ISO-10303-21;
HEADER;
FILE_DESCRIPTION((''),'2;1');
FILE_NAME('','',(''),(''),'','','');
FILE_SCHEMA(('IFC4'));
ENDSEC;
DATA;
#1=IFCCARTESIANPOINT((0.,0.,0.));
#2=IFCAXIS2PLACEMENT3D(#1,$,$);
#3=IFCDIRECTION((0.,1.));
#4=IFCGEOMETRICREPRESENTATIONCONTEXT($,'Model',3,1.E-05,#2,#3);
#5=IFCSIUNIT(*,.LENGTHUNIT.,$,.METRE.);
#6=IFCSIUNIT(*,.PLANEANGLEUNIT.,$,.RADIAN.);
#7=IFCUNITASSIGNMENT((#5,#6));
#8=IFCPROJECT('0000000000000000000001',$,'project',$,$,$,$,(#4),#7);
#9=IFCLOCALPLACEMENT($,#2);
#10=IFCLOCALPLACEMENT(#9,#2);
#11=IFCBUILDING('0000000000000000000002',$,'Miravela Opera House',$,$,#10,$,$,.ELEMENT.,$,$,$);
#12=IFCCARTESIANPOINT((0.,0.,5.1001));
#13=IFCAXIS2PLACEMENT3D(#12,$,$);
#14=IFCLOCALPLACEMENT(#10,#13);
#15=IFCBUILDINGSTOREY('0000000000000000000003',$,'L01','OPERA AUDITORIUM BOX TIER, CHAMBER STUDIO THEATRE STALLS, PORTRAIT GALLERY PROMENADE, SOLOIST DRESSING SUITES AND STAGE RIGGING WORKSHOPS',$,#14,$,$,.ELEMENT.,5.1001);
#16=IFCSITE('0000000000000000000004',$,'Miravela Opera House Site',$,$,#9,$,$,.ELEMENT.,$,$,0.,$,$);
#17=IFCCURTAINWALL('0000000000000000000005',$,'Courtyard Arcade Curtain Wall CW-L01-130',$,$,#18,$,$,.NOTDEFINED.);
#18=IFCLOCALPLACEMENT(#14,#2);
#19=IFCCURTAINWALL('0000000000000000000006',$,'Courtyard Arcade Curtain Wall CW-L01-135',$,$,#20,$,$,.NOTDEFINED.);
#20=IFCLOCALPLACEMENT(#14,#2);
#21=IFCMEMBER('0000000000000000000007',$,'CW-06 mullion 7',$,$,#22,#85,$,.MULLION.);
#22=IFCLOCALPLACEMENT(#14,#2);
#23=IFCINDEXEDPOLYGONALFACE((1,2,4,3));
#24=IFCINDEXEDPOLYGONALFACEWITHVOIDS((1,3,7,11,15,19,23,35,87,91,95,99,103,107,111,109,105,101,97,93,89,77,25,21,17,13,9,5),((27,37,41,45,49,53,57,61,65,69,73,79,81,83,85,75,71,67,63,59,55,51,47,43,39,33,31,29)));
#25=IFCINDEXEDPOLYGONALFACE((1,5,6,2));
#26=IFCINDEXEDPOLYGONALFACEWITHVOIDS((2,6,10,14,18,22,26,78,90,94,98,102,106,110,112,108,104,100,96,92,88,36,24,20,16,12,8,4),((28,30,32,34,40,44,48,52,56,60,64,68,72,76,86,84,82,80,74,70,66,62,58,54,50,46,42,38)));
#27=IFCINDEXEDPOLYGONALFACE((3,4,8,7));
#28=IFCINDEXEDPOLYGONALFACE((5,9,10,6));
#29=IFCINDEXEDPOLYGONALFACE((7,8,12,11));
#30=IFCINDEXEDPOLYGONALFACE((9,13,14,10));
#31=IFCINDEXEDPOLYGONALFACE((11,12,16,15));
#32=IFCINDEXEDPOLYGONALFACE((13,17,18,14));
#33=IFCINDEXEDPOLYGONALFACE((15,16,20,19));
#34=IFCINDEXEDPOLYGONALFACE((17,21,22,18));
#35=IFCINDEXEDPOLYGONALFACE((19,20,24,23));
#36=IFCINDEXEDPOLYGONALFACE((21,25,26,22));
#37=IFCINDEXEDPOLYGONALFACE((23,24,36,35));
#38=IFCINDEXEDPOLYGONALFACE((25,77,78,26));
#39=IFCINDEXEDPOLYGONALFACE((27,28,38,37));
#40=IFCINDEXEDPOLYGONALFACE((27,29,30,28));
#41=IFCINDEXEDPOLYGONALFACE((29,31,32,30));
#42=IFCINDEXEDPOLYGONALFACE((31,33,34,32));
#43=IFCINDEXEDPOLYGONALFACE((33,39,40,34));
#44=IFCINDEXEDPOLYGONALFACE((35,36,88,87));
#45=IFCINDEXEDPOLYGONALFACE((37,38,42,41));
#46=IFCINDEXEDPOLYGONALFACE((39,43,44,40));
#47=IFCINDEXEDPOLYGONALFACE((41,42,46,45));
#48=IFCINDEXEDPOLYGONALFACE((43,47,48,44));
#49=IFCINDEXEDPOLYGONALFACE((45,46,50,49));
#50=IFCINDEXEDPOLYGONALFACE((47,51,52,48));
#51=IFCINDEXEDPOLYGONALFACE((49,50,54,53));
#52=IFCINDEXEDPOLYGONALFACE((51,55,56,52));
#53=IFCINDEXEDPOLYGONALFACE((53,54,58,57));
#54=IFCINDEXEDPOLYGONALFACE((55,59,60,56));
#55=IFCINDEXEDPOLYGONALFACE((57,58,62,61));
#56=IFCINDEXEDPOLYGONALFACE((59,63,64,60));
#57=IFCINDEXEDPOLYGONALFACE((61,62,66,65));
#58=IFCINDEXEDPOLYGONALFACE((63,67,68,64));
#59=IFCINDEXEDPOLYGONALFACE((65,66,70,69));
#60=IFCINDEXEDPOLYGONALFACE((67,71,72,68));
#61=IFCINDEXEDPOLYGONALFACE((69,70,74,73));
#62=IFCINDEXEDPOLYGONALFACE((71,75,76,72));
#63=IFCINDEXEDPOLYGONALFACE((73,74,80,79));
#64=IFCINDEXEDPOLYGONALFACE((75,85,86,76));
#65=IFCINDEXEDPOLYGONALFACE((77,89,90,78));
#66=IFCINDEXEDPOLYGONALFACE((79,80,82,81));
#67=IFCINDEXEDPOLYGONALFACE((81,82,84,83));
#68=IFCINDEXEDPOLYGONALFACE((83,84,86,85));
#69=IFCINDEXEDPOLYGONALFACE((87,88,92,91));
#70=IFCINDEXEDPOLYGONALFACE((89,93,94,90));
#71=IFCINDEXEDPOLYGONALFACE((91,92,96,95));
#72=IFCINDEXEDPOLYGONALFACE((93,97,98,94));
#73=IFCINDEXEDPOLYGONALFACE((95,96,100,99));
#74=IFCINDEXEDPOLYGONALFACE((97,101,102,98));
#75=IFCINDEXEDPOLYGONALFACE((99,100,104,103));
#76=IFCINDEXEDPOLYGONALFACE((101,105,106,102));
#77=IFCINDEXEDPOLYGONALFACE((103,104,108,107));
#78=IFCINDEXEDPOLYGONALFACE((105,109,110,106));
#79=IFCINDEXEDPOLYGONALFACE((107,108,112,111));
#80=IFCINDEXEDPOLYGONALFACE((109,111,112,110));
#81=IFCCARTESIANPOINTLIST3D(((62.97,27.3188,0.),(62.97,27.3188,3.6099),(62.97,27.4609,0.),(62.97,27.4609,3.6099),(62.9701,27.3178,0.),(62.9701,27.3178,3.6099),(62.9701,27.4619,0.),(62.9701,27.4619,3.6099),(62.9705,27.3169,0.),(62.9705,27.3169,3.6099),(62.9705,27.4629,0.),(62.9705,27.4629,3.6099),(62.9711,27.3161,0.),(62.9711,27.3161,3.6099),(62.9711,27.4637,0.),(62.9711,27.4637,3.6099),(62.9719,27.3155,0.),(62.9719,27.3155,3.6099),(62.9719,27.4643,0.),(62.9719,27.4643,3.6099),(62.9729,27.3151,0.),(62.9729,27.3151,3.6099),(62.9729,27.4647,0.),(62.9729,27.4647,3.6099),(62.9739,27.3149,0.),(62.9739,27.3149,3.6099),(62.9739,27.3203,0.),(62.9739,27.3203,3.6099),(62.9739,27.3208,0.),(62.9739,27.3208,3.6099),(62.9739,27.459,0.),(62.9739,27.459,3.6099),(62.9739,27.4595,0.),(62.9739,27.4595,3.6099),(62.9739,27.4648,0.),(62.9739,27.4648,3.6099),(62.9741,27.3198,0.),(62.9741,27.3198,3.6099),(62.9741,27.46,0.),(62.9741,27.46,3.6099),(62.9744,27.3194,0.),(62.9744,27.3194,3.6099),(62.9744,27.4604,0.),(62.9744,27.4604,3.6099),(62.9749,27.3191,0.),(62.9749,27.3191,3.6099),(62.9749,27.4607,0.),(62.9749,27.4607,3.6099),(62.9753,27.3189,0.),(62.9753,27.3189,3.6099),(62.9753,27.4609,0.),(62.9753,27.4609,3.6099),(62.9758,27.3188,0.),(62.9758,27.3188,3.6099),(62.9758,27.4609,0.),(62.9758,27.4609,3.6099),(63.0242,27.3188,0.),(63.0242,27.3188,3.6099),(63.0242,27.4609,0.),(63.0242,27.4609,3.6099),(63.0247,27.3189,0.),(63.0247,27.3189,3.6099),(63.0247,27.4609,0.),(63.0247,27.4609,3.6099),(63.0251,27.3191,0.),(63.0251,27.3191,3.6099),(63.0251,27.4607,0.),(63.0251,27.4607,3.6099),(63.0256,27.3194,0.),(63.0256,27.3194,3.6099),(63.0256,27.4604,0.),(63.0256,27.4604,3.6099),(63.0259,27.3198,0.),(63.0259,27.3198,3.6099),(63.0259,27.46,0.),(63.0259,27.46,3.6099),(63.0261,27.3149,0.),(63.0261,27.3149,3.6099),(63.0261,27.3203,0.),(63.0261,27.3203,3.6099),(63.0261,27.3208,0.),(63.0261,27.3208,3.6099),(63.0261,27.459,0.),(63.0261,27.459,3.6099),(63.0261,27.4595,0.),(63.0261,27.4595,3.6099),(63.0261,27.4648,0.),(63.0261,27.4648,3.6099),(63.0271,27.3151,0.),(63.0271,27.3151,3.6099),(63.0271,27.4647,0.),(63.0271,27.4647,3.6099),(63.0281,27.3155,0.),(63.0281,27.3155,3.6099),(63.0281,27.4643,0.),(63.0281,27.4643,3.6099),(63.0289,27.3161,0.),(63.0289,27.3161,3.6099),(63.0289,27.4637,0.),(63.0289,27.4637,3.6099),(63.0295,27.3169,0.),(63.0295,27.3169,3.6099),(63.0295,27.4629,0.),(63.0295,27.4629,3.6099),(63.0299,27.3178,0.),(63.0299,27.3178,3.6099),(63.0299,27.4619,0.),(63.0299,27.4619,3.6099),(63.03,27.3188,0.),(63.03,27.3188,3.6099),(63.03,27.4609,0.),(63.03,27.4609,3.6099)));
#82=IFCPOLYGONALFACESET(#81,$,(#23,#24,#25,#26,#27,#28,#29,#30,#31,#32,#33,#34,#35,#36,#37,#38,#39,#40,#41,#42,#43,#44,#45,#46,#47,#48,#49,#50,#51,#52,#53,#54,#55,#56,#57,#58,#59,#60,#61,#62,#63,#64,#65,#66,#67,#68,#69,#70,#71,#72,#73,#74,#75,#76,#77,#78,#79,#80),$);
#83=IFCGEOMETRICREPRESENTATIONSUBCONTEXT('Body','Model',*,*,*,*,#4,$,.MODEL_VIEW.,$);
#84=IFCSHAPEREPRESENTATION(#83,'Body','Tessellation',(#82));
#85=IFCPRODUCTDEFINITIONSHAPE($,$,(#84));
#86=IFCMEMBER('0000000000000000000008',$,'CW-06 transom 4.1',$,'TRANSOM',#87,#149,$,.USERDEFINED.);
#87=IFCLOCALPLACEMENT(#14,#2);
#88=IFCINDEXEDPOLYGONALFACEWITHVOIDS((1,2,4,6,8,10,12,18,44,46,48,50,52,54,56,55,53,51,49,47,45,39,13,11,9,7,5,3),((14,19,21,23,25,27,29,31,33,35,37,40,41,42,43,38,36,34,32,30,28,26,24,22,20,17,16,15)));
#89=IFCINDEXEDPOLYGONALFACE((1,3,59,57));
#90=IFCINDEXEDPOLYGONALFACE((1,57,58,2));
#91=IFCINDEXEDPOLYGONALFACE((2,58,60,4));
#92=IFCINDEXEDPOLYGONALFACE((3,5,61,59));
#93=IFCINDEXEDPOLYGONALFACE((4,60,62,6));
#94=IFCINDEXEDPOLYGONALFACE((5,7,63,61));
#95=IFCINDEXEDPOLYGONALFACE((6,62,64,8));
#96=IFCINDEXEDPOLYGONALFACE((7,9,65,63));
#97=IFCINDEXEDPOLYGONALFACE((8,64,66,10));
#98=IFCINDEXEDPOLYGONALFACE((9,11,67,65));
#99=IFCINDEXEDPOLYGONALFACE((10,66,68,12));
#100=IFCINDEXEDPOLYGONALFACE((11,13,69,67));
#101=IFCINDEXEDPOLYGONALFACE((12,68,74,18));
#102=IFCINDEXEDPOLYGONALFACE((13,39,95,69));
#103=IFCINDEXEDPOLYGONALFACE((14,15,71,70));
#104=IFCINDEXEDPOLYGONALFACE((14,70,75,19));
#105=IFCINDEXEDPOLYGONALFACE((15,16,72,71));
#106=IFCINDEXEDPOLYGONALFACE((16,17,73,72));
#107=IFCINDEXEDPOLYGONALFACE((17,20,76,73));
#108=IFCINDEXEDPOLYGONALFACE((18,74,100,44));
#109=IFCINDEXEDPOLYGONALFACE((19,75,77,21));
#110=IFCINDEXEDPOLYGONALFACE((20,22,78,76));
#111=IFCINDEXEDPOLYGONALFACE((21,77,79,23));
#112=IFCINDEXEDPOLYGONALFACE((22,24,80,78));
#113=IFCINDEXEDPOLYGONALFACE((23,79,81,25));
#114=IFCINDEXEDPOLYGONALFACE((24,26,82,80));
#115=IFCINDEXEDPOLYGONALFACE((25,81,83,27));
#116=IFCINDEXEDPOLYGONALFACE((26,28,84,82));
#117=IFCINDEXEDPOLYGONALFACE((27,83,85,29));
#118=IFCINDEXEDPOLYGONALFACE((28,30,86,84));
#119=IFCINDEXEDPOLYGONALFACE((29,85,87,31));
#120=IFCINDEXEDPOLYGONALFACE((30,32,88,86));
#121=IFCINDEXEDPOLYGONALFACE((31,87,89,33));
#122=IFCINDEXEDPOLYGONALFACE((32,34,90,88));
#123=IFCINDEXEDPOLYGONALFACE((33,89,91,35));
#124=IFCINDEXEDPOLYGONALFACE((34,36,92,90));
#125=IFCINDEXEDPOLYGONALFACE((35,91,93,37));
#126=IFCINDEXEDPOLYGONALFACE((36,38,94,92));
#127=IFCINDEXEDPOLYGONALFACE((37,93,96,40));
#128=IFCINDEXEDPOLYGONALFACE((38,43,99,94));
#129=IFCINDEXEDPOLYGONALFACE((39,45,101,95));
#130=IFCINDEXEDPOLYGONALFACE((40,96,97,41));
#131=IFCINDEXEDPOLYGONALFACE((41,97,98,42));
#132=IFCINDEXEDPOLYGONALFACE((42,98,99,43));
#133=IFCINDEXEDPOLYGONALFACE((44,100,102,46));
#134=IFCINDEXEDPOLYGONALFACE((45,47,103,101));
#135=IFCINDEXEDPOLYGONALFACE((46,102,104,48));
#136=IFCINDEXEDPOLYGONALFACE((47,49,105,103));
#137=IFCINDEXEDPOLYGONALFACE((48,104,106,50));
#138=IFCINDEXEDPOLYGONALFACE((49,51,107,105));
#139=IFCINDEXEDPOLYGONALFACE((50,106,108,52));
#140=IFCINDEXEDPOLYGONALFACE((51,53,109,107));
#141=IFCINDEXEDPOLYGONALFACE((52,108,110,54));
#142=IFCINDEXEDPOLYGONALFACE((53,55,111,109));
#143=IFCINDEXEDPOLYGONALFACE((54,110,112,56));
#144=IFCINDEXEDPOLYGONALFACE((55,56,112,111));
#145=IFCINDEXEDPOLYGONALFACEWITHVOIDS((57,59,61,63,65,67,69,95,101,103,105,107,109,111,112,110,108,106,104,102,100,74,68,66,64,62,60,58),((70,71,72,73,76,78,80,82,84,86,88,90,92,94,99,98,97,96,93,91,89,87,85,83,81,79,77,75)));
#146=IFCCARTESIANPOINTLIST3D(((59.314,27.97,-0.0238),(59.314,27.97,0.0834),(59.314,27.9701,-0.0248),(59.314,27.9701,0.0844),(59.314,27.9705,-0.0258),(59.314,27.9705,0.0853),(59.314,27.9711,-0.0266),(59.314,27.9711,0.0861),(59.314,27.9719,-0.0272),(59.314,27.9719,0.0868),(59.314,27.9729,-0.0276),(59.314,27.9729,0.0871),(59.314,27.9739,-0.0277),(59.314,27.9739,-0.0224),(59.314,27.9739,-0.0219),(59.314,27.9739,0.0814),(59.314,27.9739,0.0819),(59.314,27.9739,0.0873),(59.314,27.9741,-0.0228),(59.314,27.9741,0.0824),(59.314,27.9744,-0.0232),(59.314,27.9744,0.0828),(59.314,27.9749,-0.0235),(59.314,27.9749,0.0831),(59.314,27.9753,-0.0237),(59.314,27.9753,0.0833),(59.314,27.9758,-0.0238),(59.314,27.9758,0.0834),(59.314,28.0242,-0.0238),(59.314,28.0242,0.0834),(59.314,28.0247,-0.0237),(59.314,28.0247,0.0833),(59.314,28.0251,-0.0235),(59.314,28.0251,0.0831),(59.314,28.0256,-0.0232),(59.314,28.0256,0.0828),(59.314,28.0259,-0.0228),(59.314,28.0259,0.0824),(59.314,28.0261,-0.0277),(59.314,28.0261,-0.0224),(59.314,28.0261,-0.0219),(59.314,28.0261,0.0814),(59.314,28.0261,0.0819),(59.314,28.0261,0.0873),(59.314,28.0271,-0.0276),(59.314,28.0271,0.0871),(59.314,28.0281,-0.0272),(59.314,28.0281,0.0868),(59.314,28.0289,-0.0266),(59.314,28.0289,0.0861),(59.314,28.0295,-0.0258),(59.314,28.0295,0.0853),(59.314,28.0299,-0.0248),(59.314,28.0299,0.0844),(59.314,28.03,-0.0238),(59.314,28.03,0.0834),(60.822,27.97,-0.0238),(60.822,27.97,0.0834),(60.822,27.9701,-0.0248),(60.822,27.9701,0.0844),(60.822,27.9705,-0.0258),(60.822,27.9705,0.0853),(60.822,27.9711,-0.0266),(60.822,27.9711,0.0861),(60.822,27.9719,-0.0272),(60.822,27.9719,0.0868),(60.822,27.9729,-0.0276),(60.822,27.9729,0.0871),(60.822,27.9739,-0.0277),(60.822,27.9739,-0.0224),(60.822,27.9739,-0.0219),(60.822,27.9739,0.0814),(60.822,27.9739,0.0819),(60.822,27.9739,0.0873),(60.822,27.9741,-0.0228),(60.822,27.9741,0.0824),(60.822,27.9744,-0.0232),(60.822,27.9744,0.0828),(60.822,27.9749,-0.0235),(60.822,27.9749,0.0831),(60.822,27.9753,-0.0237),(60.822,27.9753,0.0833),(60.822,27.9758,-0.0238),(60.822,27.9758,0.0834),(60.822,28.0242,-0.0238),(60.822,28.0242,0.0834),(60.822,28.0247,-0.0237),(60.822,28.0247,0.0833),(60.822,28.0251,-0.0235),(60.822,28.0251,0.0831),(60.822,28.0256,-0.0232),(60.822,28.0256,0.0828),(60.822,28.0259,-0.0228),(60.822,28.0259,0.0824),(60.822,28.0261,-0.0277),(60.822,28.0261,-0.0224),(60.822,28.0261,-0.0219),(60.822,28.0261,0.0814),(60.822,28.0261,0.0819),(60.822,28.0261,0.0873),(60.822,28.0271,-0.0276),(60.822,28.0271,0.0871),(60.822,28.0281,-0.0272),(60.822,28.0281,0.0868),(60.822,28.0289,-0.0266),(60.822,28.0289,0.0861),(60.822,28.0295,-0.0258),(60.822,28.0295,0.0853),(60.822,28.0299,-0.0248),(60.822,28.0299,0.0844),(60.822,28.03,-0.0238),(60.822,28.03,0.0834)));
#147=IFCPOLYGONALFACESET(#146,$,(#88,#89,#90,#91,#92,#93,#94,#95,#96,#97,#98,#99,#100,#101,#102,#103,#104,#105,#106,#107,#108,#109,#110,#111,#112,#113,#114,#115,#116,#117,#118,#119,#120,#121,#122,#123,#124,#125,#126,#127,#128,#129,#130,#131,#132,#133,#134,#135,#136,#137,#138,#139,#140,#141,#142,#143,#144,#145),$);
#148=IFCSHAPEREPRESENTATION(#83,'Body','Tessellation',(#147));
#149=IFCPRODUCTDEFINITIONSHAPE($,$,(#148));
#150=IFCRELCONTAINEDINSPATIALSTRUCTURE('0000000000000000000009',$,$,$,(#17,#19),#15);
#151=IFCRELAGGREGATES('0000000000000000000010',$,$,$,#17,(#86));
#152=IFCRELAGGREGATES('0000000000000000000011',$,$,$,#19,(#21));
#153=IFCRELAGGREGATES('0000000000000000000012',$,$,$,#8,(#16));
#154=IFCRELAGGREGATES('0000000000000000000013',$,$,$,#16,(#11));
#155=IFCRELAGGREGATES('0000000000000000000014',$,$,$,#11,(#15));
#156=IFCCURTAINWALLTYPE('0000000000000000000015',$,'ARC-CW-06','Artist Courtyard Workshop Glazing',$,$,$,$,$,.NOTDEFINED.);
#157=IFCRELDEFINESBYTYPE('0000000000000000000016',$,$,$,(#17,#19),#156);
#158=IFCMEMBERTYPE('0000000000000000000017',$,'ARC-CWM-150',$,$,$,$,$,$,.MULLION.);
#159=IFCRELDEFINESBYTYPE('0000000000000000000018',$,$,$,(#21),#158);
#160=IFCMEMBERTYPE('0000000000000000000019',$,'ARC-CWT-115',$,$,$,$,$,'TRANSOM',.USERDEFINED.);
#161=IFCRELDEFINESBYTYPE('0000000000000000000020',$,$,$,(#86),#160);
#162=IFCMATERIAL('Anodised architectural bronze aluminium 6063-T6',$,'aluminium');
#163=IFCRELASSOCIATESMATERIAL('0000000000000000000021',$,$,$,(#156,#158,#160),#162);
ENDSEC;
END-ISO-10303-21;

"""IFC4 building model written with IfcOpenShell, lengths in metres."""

from ifc_helpers import new_model, si_unit, direction, frame, origin, origin_2d, place, context, subcontext, project, spatial, hollow_rectangle, extrude, material, material_profile, profile_set, type_object, element, aggregate, save


model = new_model("IFC4")

# Units and contexts
model_context = context("Model", 3, precision=1e-05, world=origin(), true_north=direction((0.0, 1.0)))
body_context = subcontext(model_context, "Body", "Model", "MODEL_VIEW")
ifc_project = project(units=[si_unit("LENGTHUNIT", "METRE"), si_unit("PLANEANGLEUNIT", "RADIAN")], contexts=[model_context])

# Site, building, storey
site_placement = place(None, origin())
site = spatial("IfcSite", under=ifc_project, at=site_placement, Name="Miravela Opera House Site", CompositionType="ELEMENT", RefElevation=0.0)
building_placement = place(site_placement, origin())
building = spatial("IfcBuilding", under=site, at=building_placement, Name="Miravela Opera House", CompositionType="ELEMENT")
storey_placement = place(building_placement, frame((0.0, 0.0, 5.1001)))
storey = spatial("IfcBuildingStorey", under=building, at=storey_placement, Name="L01", Description="OPERA AUDITORIUM BOX TIER, CHAMBER STUDIO THEATRE STALLS, PORTRAIT GALLERY PROMENADE, SOLOIST DRESSING SUITES AND STAGE RIGGING WORKSHOPS", CompositionType="ELEMENT", Elevation=5.1001)

# Curtain wall
ifc_material_1 = material(Name="Anodised architectural bronze aluminium 6063-T6", Category="aluminium")
curtain_wall_type = type_object("IfcCurtainWallType", Name="ARC-CW-06", Description="Artist Courtyard Workshop Glazing", PredefinedType="NOTDEFINED", material=ifc_material_1)
curtain_wall_1_placement = place(storey_placement, origin())
curtain_wall_1 = element("IfcCurtainWall", 1, at=curtain_wall_1_placement, inside=storey, type_object=curtain_wall_type, Name="Courtyard Arcade Curtain Wall CW-L01-130", PredefinedType="NOTDEFINED")
ifc_material_profile_1 = material_profile(ifc_material_1, hollow_rectangle(XDim=0.0601, YDim=0.1499, WallThickness=0.0039, InnerFilletRadius=0.002, OuterFilletRadius=0.0039, at=origin_2d()), Name="CWM-60X150")
ifc_profile_set_1 = profile_set([ifc_material_profile_1])
member_type_1 = type_object("IfcMemberType", Name="ARC-CWM-150", PredefinedType="MULLION", material=ifc_profile_set_1)

# Curtain wall, member
curtain_wall_2_placement = place(storey_placement, origin())
curtain_wall_2 = element("IfcCurtainWall", 2, at=curtain_wall_2_placement, inside=storey, type_object=curtain_wall_type, Name="Courtyard Arcade Curtain Wall CW-L01-135", PredefinedType="NOTDEFINED")
member_1_placement = place(storey_placement, frame((63.0, 27.3899, 0.0), z_axis=(0.0, 0.0, 1.0), x_axis=(-1.0, 0.0, 0.0)))
member_1 = element("IfcMember", 3, at=member_1_placement, type_object=member_type_1, Name="CW-06 mullion 7", PredefinedType="MULLION", context=body_context, shape_type="SweptSolid", body=[
    extrude(hollow_rectangle(XDim=0.0601, YDim=0.1499, WallThickness=0.0039, InnerFilletRadius=0.002, OuterFilletRadius=0.0039, at=origin_2d()), origin(), (0.0, 0.0, 1.0), 3.6099),
])

# Member
ifc_material_profile_2 = material_profile(ifc_material_1, hollow_rectangle(XDim=0.0601, YDim=0.115, WallThickness=0.0039, InnerFilletRadius=0.002, OuterFilletRadius=0.0039, at=origin_2d()), Name="CWT-60X115")
ifc_profile_set_2 = profile_set([ifc_material_profile_2])
member_type_2 = type_object("IfcMemberType", Name="ARC-CWT-115", ElementType="TRANSOM", PredefinedType="USERDEFINED", material=ifc_profile_set_2)
member_2_placement = place(storey_placement, frame((59.314, 28.0, 0.0298), z_axis=(1.0, 0.0, 0.0), x_axis=(0.0, 1.0, 0.0)))
member_2 = element("IfcMember", 4, at=member_2_placement, type_object=member_type_2, Name="CW-06 transom 4.1", ObjectType="TRANSOM", PredefinedType="USERDEFINED", context=body_context, shape_type="SweptSolid", body=[
    extrude(hollow_rectangle(XDim=0.0601, YDim=0.115, WallThickness=0.0039, InnerFilletRadius=0.002, OuterFilletRadius=0.0039, at=origin_2d()), origin(), (0.0, 0.0, 1.0), 1.5081),
])

aggregate(curtain_wall_1, [member_2])
aggregate(curtain_wall_2, [member_1])

save(model, "model.ifc")
